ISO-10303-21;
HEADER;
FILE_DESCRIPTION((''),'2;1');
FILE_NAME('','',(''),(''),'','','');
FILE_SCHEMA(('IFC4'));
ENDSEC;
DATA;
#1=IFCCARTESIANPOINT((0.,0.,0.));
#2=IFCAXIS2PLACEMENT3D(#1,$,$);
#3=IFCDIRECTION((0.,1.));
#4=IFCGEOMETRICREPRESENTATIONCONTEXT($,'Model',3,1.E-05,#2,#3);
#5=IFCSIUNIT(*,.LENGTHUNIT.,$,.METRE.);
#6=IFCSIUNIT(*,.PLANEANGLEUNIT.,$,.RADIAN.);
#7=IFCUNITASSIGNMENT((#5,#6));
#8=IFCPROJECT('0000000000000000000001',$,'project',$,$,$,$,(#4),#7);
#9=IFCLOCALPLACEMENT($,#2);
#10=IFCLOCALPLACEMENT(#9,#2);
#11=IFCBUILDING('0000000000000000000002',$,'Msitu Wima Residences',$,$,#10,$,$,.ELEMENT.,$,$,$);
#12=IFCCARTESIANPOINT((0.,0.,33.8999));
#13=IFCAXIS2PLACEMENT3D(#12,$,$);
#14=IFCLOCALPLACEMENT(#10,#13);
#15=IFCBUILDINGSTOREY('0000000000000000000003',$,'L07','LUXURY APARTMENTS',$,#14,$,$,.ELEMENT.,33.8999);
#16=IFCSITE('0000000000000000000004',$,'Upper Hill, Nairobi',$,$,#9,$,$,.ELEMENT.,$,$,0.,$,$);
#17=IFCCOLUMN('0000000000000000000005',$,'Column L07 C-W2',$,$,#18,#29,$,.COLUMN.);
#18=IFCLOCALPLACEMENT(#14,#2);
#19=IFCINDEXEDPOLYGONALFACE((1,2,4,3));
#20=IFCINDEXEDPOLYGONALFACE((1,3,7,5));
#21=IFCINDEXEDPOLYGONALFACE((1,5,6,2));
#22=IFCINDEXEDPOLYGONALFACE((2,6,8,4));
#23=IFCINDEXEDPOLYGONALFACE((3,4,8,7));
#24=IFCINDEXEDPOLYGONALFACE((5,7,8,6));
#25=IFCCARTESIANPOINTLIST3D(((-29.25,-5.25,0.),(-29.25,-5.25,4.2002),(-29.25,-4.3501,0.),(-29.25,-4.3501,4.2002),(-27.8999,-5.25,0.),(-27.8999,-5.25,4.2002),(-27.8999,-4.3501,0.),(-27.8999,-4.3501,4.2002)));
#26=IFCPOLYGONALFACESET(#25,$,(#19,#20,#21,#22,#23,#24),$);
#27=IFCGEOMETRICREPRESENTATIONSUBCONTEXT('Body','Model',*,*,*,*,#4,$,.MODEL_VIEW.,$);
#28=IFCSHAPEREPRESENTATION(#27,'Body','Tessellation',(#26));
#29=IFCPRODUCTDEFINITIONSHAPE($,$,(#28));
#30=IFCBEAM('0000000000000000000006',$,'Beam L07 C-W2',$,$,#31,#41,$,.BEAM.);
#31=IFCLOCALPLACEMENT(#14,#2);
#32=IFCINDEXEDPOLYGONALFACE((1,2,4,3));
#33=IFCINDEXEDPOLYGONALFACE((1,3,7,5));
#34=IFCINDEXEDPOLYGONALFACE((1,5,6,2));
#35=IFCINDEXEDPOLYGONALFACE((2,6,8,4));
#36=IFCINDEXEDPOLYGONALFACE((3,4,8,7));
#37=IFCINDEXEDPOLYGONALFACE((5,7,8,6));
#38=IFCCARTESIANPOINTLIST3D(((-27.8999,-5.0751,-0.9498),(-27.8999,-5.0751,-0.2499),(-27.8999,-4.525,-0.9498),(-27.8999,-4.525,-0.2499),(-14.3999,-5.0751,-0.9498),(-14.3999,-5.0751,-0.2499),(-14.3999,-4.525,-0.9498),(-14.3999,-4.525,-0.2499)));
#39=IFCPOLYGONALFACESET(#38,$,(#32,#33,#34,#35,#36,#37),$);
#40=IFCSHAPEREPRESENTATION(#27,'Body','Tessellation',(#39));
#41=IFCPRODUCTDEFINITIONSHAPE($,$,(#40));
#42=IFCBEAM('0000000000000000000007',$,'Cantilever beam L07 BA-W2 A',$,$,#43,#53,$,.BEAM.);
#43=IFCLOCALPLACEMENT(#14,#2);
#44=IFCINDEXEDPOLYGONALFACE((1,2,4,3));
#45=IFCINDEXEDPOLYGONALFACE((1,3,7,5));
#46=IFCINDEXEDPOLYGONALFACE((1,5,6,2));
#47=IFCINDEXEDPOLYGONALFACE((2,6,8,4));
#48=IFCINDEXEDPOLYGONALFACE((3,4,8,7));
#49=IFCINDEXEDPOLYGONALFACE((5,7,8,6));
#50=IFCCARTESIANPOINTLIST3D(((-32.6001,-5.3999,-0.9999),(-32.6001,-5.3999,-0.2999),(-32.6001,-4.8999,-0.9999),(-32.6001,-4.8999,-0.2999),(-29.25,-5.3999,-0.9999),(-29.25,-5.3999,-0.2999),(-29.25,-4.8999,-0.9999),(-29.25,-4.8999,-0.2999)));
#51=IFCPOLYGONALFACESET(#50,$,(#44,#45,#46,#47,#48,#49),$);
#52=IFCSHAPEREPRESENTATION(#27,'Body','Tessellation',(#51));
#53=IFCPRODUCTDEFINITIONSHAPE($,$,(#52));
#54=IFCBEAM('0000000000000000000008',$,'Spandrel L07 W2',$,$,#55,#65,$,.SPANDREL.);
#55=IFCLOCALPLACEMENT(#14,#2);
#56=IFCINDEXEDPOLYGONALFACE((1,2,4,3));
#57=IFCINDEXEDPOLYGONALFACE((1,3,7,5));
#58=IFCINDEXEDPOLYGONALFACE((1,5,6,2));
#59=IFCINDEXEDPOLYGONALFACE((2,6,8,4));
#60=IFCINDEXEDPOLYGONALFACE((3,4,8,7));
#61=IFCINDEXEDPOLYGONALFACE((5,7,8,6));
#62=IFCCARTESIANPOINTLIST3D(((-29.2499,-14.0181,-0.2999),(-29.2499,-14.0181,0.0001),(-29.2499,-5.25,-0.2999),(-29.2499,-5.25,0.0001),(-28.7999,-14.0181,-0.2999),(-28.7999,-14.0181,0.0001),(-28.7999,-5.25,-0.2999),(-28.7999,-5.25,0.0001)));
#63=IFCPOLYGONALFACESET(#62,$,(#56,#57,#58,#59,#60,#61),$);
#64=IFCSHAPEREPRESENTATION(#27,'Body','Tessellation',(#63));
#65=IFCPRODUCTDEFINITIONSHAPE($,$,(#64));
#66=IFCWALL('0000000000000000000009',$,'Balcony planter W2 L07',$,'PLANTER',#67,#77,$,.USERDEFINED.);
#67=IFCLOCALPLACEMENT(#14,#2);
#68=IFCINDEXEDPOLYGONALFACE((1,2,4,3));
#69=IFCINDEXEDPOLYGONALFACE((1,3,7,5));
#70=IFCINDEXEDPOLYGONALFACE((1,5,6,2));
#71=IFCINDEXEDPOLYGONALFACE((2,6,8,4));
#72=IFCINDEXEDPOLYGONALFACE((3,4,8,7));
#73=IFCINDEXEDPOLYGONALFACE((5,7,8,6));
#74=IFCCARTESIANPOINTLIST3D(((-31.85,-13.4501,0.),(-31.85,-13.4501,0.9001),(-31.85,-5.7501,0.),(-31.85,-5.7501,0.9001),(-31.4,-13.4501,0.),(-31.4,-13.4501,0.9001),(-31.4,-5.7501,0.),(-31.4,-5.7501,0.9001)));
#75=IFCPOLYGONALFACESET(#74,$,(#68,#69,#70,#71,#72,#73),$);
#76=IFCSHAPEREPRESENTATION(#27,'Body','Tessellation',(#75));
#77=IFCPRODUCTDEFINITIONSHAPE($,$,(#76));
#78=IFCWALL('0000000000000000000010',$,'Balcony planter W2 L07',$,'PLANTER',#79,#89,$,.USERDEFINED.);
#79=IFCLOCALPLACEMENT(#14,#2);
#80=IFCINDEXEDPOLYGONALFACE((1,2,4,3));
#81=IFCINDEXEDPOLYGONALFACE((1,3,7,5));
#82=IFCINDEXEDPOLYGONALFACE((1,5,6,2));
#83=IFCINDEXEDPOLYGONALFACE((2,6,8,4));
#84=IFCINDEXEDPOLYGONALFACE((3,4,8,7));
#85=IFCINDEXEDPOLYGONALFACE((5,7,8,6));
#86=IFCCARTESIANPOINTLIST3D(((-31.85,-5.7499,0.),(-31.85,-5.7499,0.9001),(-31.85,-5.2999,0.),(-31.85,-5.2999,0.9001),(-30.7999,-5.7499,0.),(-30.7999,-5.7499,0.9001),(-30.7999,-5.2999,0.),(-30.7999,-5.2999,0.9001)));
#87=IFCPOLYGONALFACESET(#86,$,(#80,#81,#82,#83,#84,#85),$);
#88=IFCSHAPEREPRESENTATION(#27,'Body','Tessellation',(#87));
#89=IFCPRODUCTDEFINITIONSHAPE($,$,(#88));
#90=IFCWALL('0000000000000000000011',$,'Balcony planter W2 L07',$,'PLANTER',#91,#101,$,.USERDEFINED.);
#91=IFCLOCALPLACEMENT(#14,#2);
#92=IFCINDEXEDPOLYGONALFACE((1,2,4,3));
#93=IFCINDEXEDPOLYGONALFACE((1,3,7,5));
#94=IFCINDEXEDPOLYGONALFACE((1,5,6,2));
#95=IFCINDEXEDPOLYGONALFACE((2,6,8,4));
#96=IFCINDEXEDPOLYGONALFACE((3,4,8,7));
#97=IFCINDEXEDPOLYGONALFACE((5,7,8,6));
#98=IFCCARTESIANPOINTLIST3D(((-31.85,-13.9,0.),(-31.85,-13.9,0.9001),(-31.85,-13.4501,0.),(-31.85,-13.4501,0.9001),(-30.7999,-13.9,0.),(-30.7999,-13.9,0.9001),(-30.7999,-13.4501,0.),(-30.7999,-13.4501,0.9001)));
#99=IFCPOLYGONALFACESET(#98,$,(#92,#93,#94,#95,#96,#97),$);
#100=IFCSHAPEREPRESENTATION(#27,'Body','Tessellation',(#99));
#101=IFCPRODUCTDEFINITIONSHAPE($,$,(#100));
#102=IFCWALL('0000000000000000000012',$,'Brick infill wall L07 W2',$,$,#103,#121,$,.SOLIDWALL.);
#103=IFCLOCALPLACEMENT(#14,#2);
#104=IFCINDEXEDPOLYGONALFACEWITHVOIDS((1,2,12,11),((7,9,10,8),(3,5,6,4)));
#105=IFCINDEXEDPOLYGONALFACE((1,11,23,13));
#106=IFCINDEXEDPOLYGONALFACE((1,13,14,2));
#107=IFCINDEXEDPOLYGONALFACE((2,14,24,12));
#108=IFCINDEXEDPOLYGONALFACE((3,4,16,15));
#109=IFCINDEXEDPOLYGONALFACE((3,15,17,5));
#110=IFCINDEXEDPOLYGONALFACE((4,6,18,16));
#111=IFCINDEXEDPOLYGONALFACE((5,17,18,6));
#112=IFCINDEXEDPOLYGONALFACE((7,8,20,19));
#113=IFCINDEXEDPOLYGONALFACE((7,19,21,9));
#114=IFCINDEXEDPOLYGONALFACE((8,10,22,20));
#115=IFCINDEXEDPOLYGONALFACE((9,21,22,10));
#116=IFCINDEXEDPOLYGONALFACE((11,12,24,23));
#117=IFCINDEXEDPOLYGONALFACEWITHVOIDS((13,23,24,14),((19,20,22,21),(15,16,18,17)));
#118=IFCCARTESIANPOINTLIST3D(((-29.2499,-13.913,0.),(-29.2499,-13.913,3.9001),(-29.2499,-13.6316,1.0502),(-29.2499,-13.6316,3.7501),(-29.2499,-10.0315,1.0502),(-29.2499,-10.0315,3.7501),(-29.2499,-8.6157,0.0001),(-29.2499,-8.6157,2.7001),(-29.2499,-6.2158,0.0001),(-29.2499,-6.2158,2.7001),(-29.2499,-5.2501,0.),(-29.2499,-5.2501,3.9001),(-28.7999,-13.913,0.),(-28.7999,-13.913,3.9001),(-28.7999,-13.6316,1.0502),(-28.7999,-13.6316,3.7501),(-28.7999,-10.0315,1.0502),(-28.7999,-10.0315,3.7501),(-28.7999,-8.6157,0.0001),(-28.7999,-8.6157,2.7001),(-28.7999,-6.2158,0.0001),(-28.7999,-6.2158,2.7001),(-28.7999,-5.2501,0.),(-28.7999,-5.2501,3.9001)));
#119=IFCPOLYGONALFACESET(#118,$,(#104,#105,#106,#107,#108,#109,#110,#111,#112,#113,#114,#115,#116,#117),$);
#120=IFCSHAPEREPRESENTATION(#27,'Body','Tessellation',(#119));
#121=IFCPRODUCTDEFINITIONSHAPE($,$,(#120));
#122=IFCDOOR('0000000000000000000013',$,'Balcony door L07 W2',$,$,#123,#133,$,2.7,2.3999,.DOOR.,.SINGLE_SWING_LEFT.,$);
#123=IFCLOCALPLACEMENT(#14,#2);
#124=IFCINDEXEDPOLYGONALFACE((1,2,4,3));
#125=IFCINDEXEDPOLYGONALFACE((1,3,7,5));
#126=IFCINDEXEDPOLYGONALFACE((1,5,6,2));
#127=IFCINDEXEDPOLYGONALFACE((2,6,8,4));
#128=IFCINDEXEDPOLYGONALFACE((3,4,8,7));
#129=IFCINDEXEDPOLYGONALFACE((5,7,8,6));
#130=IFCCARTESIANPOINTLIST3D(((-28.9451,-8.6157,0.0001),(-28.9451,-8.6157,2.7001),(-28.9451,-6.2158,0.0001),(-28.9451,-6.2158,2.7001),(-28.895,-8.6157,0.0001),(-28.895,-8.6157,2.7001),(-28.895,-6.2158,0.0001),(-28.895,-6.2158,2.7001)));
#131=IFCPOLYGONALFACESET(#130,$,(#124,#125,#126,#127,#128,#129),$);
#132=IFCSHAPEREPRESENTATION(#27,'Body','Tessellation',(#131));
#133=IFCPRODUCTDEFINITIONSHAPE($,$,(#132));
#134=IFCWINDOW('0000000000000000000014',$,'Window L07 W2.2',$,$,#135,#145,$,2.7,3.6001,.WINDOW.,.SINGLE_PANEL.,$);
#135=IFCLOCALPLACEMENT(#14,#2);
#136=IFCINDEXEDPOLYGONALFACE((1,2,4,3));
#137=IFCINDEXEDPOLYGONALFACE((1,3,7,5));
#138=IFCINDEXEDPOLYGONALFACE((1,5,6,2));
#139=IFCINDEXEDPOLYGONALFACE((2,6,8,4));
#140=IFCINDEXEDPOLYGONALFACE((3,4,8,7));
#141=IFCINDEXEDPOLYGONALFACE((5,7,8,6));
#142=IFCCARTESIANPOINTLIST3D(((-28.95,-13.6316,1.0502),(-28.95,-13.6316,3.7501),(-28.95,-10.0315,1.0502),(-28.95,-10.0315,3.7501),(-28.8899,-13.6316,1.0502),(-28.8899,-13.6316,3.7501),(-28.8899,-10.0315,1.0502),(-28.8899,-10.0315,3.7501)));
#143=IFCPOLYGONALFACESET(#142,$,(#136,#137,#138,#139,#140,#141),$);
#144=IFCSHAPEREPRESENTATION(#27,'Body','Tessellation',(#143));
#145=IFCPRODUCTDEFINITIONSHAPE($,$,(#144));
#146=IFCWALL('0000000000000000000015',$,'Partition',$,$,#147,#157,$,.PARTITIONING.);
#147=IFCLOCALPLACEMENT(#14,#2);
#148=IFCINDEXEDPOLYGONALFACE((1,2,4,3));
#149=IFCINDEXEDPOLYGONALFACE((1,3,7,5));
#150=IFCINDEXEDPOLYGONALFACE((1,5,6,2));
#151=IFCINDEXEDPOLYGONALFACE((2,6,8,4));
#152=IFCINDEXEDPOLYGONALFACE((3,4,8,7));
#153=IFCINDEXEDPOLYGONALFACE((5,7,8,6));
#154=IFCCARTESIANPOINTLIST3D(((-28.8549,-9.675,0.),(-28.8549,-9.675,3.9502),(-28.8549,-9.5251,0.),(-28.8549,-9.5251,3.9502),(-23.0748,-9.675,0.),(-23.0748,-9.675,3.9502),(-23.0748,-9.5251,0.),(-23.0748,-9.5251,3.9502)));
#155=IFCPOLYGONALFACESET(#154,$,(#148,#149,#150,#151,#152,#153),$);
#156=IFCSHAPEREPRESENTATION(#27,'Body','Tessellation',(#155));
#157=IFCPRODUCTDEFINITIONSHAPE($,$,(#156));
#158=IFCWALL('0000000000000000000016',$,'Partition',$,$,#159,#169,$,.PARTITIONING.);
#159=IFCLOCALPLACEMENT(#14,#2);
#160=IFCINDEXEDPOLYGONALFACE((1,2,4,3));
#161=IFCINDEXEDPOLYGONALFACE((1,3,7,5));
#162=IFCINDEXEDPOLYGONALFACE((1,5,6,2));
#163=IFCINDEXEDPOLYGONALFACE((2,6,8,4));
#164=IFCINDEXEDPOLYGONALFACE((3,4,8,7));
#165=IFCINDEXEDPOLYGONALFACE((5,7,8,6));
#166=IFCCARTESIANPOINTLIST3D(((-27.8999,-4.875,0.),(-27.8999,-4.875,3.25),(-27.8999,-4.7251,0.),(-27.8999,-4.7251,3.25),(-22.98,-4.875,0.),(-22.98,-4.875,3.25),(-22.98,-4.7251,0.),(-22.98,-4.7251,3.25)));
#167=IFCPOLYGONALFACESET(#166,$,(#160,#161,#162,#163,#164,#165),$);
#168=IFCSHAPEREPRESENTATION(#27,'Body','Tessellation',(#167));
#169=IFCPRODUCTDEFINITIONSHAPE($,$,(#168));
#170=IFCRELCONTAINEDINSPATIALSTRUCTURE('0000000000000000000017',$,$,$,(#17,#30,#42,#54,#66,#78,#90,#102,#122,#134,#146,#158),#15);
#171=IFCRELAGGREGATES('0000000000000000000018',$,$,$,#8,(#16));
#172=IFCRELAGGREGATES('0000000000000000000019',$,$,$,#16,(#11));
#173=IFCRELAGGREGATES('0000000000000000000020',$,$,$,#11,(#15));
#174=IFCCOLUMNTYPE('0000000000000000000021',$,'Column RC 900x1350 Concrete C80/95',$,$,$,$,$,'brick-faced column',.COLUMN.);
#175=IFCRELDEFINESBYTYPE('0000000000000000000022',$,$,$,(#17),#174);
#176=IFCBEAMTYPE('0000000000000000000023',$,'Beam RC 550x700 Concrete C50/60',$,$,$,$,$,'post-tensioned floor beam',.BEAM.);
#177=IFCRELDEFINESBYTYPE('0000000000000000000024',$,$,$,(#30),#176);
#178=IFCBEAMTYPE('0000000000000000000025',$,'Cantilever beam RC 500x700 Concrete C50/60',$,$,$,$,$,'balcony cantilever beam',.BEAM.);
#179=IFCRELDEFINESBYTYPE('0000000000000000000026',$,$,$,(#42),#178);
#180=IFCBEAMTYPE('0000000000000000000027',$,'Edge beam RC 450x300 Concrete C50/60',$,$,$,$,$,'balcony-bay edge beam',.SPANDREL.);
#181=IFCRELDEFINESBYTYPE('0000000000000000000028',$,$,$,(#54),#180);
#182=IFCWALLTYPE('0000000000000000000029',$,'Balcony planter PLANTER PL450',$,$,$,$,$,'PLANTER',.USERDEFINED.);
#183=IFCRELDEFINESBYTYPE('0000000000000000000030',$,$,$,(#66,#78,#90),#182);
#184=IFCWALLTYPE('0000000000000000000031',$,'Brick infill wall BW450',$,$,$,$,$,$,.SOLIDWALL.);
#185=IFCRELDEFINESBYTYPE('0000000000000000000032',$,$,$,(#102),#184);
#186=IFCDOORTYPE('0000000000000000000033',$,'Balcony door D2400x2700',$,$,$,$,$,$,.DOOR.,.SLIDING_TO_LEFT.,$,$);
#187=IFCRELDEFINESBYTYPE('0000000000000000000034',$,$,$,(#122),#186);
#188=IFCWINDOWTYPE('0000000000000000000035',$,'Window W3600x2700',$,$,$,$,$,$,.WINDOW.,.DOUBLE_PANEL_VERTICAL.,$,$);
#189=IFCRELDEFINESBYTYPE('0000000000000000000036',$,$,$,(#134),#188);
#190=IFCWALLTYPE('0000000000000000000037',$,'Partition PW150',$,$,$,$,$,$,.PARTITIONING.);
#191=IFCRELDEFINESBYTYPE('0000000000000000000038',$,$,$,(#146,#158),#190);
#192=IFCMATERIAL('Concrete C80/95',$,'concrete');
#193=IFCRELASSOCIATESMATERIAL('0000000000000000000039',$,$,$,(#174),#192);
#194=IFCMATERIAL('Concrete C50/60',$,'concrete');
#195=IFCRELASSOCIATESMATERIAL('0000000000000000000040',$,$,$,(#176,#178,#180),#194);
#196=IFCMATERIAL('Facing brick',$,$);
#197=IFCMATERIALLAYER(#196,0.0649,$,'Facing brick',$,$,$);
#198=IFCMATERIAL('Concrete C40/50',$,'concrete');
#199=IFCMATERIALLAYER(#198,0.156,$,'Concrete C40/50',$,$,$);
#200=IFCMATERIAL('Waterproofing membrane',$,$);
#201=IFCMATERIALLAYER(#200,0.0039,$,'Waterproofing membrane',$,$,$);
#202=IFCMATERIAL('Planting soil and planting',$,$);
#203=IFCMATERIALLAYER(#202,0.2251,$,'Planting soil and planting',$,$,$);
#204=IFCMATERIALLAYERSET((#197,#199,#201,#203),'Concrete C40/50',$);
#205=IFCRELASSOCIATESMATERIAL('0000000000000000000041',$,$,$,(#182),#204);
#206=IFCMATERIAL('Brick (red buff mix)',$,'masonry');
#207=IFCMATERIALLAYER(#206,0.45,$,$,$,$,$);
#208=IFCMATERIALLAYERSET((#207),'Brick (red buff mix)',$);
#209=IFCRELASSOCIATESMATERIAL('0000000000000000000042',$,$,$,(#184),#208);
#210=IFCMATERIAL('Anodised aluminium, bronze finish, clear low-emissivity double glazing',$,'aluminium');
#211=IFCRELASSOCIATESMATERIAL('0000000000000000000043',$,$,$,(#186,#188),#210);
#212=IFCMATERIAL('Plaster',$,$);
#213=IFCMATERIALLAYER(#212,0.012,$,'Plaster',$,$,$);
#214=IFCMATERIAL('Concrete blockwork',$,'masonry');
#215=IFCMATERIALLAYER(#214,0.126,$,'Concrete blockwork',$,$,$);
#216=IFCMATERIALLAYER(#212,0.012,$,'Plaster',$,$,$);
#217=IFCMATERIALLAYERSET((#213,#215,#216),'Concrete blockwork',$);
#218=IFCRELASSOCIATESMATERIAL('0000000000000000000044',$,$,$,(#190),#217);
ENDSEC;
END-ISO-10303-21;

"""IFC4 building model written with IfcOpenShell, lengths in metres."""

from ifc_helpers import new_model, si_unit, direction, frame, frame_2d, origin, origin_2d, place, context, subcontext, project, spatial, rectangle, extrude, material, layer, layer_set, material_profile, profile_set, type_object, element, fill, save


model = new_model("IFC4")

# Units and contexts
model_context = context("Model", 3, precision=1e-05, world=origin(), true_north=direction((0.0, 1.0)))
body_context = subcontext(model_context, "Body", "Model", "MODEL_VIEW")
ifc_project = project(units=[si_unit("LENGTHUNIT", "METRE"), si_unit("PLANEANGLEUNIT", "RADIAN")], contexts=[model_context])

# Site, building, storey
site_placement = place(None, origin())
site = spatial("IfcSite", under=ifc_project, at=site_placement, Name="Upper Hill, Nairobi", CompositionType="ELEMENT", RefElevation=0.0)
building_placement = place(site_placement, origin())
building = spatial("IfcBuilding", under=site, at=building_placement, Name="Msitu Wima Residences", CompositionType="ELEMENT")
storey_placement = place(building_placement, frame((0.0, 0.0, 33.8999)))
storey = spatial("IfcBuildingStorey", under=building, at=storey_placement, Name="L07", Description="LUXURY APARTMENTS", CompositionType="ELEMENT", Elevation=33.8999)

# Column
ifc_material_1 = material(Name="Concrete C80/95", Category="concrete")
ifc_material_profile_1 = material_profile(ifc_material_1, rectangle(XDim=0.8999, YDim=1.3501, at=origin_2d()), Name="RC 900x1350")
ifc_profile_set_1 = profile_set([ifc_material_profile_1], Name="Concrete C80/95")
column_type = type_object("IfcColumnType", Name="Column RC 900x1350 Concrete C80/95", ElementType="brick-faced column", PredefinedType="COLUMN", material=ifc_profile_set_1)
column_placement = place(storey_placement, frame((-28.575, -4.8, 0.0), z_axis=(0.0, 0.0, 1.0), x_axis=(0.0, -1.0, 0.0)))
element("IfcColumn", 1, at=column_placement, inside=storey, type_object=column_type, Name="Column L07 C-W2", PredefinedType="COLUMN", context=body_context, shape_type="SweptSolid", body=[
    extrude(rectangle(XDim=0.8999, YDim=1.3501, at=origin_2d()), origin(), (0.0, 0.0, 1.0), 4.2002),
])

# Beams
ifc_material_2 = material(Name="Concrete C50/60", Category="concrete")
ifc_material_profile_2 = material_profile(ifc_material_2, rectangle(XDim=0.55, YDim=0.7, at=origin_2d()), Name="RC 550x700")
ifc_profile_set_2 = profile_set([ifc_material_profile_2], Name="Concrete C50/60")
beam_type_1 = type_object("IfcBeamType", Name="Beam RC 550x700 Concrete C50/60", ElementType="post-tensioned floor beam", PredefinedType="BEAM", material=ifc_profile_set_2)
beam_1_placement = place(storey_placement, frame((-27.8999, -4.8, -0.5999), z_axis=(1.0, 0.0, 0.0), x_axis=(0.0, 1.0, 0.0)))
element("IfcBeam", 2, at=beam_1_placement, inside=storey, type_object=beam_type_1, Name="Beam L07 C-W2", PredefinedType="BEAM", context=body_context, shape_type="SweptSolid", body=[
    extrude(rectangle(XDim=0.55, YDim=0.7, at=origin_2d()), origin(), (0.0, 0.0, 1.0), 13.5),
])
ifc_material_profile_3 = material_profile(ifc_material_2, rectangle(XDim=0.5, YDim=0.7, at=origin_2d()), Name="RC 500x700")
ifc_profile_set_3 = profile_set([ifc_material_profile_3], Name="Concrete C50/60")
beam_type_2 = type_object("IfcBeamType", Name="Cantilever beam RC 500x700 Concrete C50/60", ElementType="balcony cantilever beam", PredefinedType="BEAM", material=ifc_profile_set_3)
beam_2_placement = place(storey_placement, frame((-29.25, -5.1499, -0.6499), z_axis=(-1.0, 0.0, 0.0), x_axis=(0.0, -1.0, 0.0)))
element("IfcBeam", 3, at=beam_2_placement, inside=storey, type_object=beam_type_2, Name="Cantilever beam L07 BA-W2 A", PredefinedType="BEAM", context=body_context, shape_type="SweptSolid", body=[
    extrude(rectangle(XDim=0.5, YDim=0.7, at=origin_2d()), origin(), (0.0, 0.0, 1.0), 3.3501),
])
ifc_material_profile_4 = material_profile(ifc_material_2, rectangle(XDim=0.45, YDim=0.3, at=origin_2d()), Name="RC 450x300")
ifc_profile_set_4 = profile_set([ifc_material_profile_4], Name="Concrete C50/60")
beam_type_3 = type_object("IfcBeamType", Name="Edge beam RC 450x300 Concrete C50/60", ElementType="balcony-bay edge beam", PredefinedType="SPANDREL", material=ifc_profile_set_4)
beam_3_placement = place(storey_placement, frame((-29.0249, -5.25, -0.1499), z_axis=(0.0, -1.0, 0.0), x_axis=(1.0, 0.0, 0.0)))
element("IfcBeam", 4, at=beam_3_placement, inside=storey, type_object=beam_type_3, Name="Spandrel L07 W2", PredefinedType="SPANDREL", context=body_context, shape_type="SweptSolid", body=[
    extrude(rectangle(XDim=0.45, YDim=0.3, at=origin_2d()), origin(), (0.0, 0.0, 1.0), 8.7681),
])

# Walls
ifc_material_3 = material(Name="Facing brick")
ifc_layer_1 = layer(ifc_material_3, 0.0649, Name="Facing brick")
ifc_material_4 = material(Name="Concrete C40/50", Category="concrete")
ifc_layer_2 = layer(ifc_material_4, 0.156, Name="Concrete C40/50")
ifc_material_5 = material(Name="Waterproofing membrane")
ifc_layer_3 = layer(ifc_material_5, 0.0039, Name="Waterproofing membrane")
ifc_material_6 = material(Name="Planting soil and planting")
ifc_layer_4 = layer(ifc_material_6, 0.2251, Name="Planting soil and planting")
ifc_layer_set_1 = layer_set([ifc_layer_1, ifc_layer_2, ifc_layer_3, ifc_layer_4], Name="Concrete C40/50")
wall_type_1 = type_object("IfcWallType", Name="Balcony planter PLANTER PL450", ElementType="PLANTER", PredefinedType="USERDEFINED", material=ifc_layer_set_1)
wall_1_placement = place(storey_placement, frame((-31.625, -5.75, 0.0), z_axis=(0.0, 0.0, 1.0), x_axis=(0.0, -1.0, 0.0)))
element("IfcWall", 5, at=wall_1_placement, inside=storey, type_object=wall_type_1, Name="Balcony planter W2 L07", ObjectType="PLANTER", PredefinedType="USERDEFINED", context=body_context, shape_type="SweptSolid", body=[
    extrude(rectangle(XDim=7.7, YDim=0.45, at=frame_2d((3.8501, 0.0))), origin(), (0.0, 0.0, 1.0), 0.9001),
])
for number, where, z_axis, x_axis, name in (
    (6, (-30.8, -5.5249, 0.0), (0.0, 0.0, 1.0), (-1.0, 0.0, 0.0), "Balcony planter W2 L07"),
    (7, (-30.8, -13.675, 0.0), (0.0, 0.0, 1.0), (-1.0, 0.0, 0.0), "Balcony planter W2 L07"),
):
    element("IfcWall", number, at=place(storey_placement, frame(where, z_axis=z_axis, x_axis=x_axis)), inside=storey, type_object=wall_type_1, Name=name, ObjectType="PLANTER", PredefinedType="USERDEFINED", context=body_context, shape_type="SweptSolid", body=[
        extrude(rectangle(XDim=1.05, YDim=0.45, at=frame_2d((0.5249, 0.0))), origin(), (0.0, 0.0, 1.0), 0.9001),
    ])

# Wall, openings, door, window
ifc_material_7 = material(Name="Brick (red buff mix)", Category="masonry")
ifc_layer_5 = layer(ifc_material_7, 0.45)
ifc_layer_set_2 = layer_set([ifc_layer_5], Name="Brick (red buff mix)")
wall_type_2 = type_object("IfcWallType", Name="Brick infill wall BW450", PredefinedType="SOLIDWALL", material=ifc_layer_set_2)
wall_2_placement = place(storey_placement, frame((-29.0249, -5.25, 0.0), z_axis=(0.0, 0.0, 1.0), x_axis=(0.0, -1.0, 0.0)))
wall_2 = element("IfcWall", 8, at=wall_2_placement, inside=storey, type_object=wall_type_2, Name="Brick infill wall L07 W2", PredefinedType="SOLIDWALL", context=body_context, shape_type="SweptSolid", body=[
    extrude(rectangle(XDim=8.6628, YDim=0.45, at=frame_2d((4.3315, 0.0))), origin(), (0.0, 0.0, 1.0), 3.9001),
])
opening_1_placement = place(wall_2_placement, frame((0.9658, 0.0, 0.0)))
opening_1 = element("IfcOpeningElement", 9, at=opening_1_placement, cuts=wall_2, PredefinedType="OPENING", context=body_context, shape_type="SweptSolid", body=[
    extrude(rectangle(XDim=2.3999, YDim=2.7, at=frame_2d((1.2, 1.3501))), frame((0.0, 0.2349, 0.0), z_axis=(0.0, -1.0, 0.0), x_axis=(1.0, 0.0, 0.0)), (0.0, 0.0, 1.0), 0.47),
])
opening_2_placement = place(wall_2_placement, frame((4.7815, 0.0, 1.05)))
opening_2 = element("IfcOpeningElement", 10, at=opening_2_placement, cuts=wall_2, PredefinedType="OPENING", context=body_context, shape_type="SweptSolid", body=[
    extrude(rectangle(XDim=3.6001, YDim=2.7, at=frame_2d((1.8, 1.3501))), frame((0.0, 0.2349, 0.0), z_axis=(0.0, -1.0, 0.0), x_axis=(1.0, 0.0, 0.0)), (0.0, 0.0, 1.0), 0.47),
])
ifc_material_8 = material(Name="Anodised aluminium, bronze finish, clear low-emissivity double glazing", Category="aluminium")
door_type_1 = type_object("IfcDoorType", Name="Balcony door D2400x2700", OperationType="SLIDING_TO_LEFT", PredefinedType="DOOR", material=ifc_material_8)
door_1_placement = place(opening_1_placement, origin())
door_1 = element("IfcDoor", 11, at=door_1_placement, inside=storey, type_object=door_type_1, Name="Balcony door L07 W2", OperationType="SINGLE_SWING_LEFT", OverallHeight=2.7, OverallWidth=2.3999, PredefinedType="DOOR", context=body_context, shape_type="SweptSolid", body=[
    extrude(rectangle(XDim=2.3999, YDim=2.7, at=frame_2d((1.2, 1.3501))), frame((0.0, 0.1299, 0.0), z_axis=(0.0, -1.0, 0.0), x_axis=(1.0, 0.0, 0.0)), (0.0, 0.0, 1.0), 0.05),
])
fill(opening_1, door_1)
window_type = type_object("IfcWindowType", Name="Window W3600x2700", PartitioningType="DOUBLE_PANEL_VERTICAL", PredefinedType="WINDOW", material=ifc_material_8)
window_placement = place(opening_2_placement, origin())
window = element("IfcWindow", 12, at=window_placement, inside=storey, type_object=window_type, Name="Window L07 W2.2", OverallHeight=2.7, OverallWidth=3.6001, PartitioningType="SINGLE_PANEL", PredefinedType="WINDOW", context=body_context, shape_type="SweptSolid", body=[
    extrude(rectangle(XDim=3.6001, YDim=2.7, at=frame_2d((1.8, 1.3501))), frame((0.0, 0.135, 0.0), z_axis=(0.0, -1.0, 0.0), x_axis=(1.0, 0.0, 0.0)), (0.0, 0.0, 1.0), 0.0601),
])
fill(opening_2, window)

# Walls
ifc_material_9 = material(Name="Plaster")
ifc_layer_6 = layer(ifc_material_9, 0.012, Name="Plaster")
ifc_material_10 = material(Name="Concrete blockwork", Category="masonry")
ifc_layer_7 = layer(ifc_material_10, 0.126, Name="Concrete blockwork")
ifc_layer_8 = layer(ifc_material_9, 0.012, Name="Plaster")
ifc_layer_set_3 = layer_set([ifc_layer_6, ifc_layer_7, ifc_layer_8], Name="Concrete blockwork")
wall_type_3 = type_object("IfcWallType", Name="Partition PW150", PredefinedType="PARTITIONING", material=ifc_layer_set_3)
wall_3_placement = place(storey_placement, frame((-28.855, -9.6001, 0.0), z_axis=(0.0, 0.0, 1.0), x_axis=(1.0, 0.0, 0.0)))
element("IfcWall", 13, at=wall_3_placement, inside=storey, type_object=wall_type_3, Name="Partition", PredefinedType="PARTITIONING", context=body_context, shape_type="SweptSolid", body=[
    extrude(rectangle(XDim=5.78, YDim=0.1499, at=frame_2d((2.8901, 0.0))), origin(), (0.0, 0.0, 1.0), 3.9502),
])
wall_4_placement = place(storey_placement, frame((-27.8999, -4.8, 0.0), z_axis=(0.0, 0.0, 1.0), x_axis=(1.0, 0.0, 0.0)))
element("IfcWall", 14, at=wall_4_placement, inside=storey, type_object=wall_type_3, Name="Partition", PredefinedType="PARTITIONING", context=body_context, shape_type="SweptSolid", body=[
    extrude(rectangle(XDim=4.9199, YDim=0.1499, at=frame_2d((2.46, 0.0))), origin(), (0.0, 0.0, 1.0), 3.25),
])

save(model, "model.ifc")
